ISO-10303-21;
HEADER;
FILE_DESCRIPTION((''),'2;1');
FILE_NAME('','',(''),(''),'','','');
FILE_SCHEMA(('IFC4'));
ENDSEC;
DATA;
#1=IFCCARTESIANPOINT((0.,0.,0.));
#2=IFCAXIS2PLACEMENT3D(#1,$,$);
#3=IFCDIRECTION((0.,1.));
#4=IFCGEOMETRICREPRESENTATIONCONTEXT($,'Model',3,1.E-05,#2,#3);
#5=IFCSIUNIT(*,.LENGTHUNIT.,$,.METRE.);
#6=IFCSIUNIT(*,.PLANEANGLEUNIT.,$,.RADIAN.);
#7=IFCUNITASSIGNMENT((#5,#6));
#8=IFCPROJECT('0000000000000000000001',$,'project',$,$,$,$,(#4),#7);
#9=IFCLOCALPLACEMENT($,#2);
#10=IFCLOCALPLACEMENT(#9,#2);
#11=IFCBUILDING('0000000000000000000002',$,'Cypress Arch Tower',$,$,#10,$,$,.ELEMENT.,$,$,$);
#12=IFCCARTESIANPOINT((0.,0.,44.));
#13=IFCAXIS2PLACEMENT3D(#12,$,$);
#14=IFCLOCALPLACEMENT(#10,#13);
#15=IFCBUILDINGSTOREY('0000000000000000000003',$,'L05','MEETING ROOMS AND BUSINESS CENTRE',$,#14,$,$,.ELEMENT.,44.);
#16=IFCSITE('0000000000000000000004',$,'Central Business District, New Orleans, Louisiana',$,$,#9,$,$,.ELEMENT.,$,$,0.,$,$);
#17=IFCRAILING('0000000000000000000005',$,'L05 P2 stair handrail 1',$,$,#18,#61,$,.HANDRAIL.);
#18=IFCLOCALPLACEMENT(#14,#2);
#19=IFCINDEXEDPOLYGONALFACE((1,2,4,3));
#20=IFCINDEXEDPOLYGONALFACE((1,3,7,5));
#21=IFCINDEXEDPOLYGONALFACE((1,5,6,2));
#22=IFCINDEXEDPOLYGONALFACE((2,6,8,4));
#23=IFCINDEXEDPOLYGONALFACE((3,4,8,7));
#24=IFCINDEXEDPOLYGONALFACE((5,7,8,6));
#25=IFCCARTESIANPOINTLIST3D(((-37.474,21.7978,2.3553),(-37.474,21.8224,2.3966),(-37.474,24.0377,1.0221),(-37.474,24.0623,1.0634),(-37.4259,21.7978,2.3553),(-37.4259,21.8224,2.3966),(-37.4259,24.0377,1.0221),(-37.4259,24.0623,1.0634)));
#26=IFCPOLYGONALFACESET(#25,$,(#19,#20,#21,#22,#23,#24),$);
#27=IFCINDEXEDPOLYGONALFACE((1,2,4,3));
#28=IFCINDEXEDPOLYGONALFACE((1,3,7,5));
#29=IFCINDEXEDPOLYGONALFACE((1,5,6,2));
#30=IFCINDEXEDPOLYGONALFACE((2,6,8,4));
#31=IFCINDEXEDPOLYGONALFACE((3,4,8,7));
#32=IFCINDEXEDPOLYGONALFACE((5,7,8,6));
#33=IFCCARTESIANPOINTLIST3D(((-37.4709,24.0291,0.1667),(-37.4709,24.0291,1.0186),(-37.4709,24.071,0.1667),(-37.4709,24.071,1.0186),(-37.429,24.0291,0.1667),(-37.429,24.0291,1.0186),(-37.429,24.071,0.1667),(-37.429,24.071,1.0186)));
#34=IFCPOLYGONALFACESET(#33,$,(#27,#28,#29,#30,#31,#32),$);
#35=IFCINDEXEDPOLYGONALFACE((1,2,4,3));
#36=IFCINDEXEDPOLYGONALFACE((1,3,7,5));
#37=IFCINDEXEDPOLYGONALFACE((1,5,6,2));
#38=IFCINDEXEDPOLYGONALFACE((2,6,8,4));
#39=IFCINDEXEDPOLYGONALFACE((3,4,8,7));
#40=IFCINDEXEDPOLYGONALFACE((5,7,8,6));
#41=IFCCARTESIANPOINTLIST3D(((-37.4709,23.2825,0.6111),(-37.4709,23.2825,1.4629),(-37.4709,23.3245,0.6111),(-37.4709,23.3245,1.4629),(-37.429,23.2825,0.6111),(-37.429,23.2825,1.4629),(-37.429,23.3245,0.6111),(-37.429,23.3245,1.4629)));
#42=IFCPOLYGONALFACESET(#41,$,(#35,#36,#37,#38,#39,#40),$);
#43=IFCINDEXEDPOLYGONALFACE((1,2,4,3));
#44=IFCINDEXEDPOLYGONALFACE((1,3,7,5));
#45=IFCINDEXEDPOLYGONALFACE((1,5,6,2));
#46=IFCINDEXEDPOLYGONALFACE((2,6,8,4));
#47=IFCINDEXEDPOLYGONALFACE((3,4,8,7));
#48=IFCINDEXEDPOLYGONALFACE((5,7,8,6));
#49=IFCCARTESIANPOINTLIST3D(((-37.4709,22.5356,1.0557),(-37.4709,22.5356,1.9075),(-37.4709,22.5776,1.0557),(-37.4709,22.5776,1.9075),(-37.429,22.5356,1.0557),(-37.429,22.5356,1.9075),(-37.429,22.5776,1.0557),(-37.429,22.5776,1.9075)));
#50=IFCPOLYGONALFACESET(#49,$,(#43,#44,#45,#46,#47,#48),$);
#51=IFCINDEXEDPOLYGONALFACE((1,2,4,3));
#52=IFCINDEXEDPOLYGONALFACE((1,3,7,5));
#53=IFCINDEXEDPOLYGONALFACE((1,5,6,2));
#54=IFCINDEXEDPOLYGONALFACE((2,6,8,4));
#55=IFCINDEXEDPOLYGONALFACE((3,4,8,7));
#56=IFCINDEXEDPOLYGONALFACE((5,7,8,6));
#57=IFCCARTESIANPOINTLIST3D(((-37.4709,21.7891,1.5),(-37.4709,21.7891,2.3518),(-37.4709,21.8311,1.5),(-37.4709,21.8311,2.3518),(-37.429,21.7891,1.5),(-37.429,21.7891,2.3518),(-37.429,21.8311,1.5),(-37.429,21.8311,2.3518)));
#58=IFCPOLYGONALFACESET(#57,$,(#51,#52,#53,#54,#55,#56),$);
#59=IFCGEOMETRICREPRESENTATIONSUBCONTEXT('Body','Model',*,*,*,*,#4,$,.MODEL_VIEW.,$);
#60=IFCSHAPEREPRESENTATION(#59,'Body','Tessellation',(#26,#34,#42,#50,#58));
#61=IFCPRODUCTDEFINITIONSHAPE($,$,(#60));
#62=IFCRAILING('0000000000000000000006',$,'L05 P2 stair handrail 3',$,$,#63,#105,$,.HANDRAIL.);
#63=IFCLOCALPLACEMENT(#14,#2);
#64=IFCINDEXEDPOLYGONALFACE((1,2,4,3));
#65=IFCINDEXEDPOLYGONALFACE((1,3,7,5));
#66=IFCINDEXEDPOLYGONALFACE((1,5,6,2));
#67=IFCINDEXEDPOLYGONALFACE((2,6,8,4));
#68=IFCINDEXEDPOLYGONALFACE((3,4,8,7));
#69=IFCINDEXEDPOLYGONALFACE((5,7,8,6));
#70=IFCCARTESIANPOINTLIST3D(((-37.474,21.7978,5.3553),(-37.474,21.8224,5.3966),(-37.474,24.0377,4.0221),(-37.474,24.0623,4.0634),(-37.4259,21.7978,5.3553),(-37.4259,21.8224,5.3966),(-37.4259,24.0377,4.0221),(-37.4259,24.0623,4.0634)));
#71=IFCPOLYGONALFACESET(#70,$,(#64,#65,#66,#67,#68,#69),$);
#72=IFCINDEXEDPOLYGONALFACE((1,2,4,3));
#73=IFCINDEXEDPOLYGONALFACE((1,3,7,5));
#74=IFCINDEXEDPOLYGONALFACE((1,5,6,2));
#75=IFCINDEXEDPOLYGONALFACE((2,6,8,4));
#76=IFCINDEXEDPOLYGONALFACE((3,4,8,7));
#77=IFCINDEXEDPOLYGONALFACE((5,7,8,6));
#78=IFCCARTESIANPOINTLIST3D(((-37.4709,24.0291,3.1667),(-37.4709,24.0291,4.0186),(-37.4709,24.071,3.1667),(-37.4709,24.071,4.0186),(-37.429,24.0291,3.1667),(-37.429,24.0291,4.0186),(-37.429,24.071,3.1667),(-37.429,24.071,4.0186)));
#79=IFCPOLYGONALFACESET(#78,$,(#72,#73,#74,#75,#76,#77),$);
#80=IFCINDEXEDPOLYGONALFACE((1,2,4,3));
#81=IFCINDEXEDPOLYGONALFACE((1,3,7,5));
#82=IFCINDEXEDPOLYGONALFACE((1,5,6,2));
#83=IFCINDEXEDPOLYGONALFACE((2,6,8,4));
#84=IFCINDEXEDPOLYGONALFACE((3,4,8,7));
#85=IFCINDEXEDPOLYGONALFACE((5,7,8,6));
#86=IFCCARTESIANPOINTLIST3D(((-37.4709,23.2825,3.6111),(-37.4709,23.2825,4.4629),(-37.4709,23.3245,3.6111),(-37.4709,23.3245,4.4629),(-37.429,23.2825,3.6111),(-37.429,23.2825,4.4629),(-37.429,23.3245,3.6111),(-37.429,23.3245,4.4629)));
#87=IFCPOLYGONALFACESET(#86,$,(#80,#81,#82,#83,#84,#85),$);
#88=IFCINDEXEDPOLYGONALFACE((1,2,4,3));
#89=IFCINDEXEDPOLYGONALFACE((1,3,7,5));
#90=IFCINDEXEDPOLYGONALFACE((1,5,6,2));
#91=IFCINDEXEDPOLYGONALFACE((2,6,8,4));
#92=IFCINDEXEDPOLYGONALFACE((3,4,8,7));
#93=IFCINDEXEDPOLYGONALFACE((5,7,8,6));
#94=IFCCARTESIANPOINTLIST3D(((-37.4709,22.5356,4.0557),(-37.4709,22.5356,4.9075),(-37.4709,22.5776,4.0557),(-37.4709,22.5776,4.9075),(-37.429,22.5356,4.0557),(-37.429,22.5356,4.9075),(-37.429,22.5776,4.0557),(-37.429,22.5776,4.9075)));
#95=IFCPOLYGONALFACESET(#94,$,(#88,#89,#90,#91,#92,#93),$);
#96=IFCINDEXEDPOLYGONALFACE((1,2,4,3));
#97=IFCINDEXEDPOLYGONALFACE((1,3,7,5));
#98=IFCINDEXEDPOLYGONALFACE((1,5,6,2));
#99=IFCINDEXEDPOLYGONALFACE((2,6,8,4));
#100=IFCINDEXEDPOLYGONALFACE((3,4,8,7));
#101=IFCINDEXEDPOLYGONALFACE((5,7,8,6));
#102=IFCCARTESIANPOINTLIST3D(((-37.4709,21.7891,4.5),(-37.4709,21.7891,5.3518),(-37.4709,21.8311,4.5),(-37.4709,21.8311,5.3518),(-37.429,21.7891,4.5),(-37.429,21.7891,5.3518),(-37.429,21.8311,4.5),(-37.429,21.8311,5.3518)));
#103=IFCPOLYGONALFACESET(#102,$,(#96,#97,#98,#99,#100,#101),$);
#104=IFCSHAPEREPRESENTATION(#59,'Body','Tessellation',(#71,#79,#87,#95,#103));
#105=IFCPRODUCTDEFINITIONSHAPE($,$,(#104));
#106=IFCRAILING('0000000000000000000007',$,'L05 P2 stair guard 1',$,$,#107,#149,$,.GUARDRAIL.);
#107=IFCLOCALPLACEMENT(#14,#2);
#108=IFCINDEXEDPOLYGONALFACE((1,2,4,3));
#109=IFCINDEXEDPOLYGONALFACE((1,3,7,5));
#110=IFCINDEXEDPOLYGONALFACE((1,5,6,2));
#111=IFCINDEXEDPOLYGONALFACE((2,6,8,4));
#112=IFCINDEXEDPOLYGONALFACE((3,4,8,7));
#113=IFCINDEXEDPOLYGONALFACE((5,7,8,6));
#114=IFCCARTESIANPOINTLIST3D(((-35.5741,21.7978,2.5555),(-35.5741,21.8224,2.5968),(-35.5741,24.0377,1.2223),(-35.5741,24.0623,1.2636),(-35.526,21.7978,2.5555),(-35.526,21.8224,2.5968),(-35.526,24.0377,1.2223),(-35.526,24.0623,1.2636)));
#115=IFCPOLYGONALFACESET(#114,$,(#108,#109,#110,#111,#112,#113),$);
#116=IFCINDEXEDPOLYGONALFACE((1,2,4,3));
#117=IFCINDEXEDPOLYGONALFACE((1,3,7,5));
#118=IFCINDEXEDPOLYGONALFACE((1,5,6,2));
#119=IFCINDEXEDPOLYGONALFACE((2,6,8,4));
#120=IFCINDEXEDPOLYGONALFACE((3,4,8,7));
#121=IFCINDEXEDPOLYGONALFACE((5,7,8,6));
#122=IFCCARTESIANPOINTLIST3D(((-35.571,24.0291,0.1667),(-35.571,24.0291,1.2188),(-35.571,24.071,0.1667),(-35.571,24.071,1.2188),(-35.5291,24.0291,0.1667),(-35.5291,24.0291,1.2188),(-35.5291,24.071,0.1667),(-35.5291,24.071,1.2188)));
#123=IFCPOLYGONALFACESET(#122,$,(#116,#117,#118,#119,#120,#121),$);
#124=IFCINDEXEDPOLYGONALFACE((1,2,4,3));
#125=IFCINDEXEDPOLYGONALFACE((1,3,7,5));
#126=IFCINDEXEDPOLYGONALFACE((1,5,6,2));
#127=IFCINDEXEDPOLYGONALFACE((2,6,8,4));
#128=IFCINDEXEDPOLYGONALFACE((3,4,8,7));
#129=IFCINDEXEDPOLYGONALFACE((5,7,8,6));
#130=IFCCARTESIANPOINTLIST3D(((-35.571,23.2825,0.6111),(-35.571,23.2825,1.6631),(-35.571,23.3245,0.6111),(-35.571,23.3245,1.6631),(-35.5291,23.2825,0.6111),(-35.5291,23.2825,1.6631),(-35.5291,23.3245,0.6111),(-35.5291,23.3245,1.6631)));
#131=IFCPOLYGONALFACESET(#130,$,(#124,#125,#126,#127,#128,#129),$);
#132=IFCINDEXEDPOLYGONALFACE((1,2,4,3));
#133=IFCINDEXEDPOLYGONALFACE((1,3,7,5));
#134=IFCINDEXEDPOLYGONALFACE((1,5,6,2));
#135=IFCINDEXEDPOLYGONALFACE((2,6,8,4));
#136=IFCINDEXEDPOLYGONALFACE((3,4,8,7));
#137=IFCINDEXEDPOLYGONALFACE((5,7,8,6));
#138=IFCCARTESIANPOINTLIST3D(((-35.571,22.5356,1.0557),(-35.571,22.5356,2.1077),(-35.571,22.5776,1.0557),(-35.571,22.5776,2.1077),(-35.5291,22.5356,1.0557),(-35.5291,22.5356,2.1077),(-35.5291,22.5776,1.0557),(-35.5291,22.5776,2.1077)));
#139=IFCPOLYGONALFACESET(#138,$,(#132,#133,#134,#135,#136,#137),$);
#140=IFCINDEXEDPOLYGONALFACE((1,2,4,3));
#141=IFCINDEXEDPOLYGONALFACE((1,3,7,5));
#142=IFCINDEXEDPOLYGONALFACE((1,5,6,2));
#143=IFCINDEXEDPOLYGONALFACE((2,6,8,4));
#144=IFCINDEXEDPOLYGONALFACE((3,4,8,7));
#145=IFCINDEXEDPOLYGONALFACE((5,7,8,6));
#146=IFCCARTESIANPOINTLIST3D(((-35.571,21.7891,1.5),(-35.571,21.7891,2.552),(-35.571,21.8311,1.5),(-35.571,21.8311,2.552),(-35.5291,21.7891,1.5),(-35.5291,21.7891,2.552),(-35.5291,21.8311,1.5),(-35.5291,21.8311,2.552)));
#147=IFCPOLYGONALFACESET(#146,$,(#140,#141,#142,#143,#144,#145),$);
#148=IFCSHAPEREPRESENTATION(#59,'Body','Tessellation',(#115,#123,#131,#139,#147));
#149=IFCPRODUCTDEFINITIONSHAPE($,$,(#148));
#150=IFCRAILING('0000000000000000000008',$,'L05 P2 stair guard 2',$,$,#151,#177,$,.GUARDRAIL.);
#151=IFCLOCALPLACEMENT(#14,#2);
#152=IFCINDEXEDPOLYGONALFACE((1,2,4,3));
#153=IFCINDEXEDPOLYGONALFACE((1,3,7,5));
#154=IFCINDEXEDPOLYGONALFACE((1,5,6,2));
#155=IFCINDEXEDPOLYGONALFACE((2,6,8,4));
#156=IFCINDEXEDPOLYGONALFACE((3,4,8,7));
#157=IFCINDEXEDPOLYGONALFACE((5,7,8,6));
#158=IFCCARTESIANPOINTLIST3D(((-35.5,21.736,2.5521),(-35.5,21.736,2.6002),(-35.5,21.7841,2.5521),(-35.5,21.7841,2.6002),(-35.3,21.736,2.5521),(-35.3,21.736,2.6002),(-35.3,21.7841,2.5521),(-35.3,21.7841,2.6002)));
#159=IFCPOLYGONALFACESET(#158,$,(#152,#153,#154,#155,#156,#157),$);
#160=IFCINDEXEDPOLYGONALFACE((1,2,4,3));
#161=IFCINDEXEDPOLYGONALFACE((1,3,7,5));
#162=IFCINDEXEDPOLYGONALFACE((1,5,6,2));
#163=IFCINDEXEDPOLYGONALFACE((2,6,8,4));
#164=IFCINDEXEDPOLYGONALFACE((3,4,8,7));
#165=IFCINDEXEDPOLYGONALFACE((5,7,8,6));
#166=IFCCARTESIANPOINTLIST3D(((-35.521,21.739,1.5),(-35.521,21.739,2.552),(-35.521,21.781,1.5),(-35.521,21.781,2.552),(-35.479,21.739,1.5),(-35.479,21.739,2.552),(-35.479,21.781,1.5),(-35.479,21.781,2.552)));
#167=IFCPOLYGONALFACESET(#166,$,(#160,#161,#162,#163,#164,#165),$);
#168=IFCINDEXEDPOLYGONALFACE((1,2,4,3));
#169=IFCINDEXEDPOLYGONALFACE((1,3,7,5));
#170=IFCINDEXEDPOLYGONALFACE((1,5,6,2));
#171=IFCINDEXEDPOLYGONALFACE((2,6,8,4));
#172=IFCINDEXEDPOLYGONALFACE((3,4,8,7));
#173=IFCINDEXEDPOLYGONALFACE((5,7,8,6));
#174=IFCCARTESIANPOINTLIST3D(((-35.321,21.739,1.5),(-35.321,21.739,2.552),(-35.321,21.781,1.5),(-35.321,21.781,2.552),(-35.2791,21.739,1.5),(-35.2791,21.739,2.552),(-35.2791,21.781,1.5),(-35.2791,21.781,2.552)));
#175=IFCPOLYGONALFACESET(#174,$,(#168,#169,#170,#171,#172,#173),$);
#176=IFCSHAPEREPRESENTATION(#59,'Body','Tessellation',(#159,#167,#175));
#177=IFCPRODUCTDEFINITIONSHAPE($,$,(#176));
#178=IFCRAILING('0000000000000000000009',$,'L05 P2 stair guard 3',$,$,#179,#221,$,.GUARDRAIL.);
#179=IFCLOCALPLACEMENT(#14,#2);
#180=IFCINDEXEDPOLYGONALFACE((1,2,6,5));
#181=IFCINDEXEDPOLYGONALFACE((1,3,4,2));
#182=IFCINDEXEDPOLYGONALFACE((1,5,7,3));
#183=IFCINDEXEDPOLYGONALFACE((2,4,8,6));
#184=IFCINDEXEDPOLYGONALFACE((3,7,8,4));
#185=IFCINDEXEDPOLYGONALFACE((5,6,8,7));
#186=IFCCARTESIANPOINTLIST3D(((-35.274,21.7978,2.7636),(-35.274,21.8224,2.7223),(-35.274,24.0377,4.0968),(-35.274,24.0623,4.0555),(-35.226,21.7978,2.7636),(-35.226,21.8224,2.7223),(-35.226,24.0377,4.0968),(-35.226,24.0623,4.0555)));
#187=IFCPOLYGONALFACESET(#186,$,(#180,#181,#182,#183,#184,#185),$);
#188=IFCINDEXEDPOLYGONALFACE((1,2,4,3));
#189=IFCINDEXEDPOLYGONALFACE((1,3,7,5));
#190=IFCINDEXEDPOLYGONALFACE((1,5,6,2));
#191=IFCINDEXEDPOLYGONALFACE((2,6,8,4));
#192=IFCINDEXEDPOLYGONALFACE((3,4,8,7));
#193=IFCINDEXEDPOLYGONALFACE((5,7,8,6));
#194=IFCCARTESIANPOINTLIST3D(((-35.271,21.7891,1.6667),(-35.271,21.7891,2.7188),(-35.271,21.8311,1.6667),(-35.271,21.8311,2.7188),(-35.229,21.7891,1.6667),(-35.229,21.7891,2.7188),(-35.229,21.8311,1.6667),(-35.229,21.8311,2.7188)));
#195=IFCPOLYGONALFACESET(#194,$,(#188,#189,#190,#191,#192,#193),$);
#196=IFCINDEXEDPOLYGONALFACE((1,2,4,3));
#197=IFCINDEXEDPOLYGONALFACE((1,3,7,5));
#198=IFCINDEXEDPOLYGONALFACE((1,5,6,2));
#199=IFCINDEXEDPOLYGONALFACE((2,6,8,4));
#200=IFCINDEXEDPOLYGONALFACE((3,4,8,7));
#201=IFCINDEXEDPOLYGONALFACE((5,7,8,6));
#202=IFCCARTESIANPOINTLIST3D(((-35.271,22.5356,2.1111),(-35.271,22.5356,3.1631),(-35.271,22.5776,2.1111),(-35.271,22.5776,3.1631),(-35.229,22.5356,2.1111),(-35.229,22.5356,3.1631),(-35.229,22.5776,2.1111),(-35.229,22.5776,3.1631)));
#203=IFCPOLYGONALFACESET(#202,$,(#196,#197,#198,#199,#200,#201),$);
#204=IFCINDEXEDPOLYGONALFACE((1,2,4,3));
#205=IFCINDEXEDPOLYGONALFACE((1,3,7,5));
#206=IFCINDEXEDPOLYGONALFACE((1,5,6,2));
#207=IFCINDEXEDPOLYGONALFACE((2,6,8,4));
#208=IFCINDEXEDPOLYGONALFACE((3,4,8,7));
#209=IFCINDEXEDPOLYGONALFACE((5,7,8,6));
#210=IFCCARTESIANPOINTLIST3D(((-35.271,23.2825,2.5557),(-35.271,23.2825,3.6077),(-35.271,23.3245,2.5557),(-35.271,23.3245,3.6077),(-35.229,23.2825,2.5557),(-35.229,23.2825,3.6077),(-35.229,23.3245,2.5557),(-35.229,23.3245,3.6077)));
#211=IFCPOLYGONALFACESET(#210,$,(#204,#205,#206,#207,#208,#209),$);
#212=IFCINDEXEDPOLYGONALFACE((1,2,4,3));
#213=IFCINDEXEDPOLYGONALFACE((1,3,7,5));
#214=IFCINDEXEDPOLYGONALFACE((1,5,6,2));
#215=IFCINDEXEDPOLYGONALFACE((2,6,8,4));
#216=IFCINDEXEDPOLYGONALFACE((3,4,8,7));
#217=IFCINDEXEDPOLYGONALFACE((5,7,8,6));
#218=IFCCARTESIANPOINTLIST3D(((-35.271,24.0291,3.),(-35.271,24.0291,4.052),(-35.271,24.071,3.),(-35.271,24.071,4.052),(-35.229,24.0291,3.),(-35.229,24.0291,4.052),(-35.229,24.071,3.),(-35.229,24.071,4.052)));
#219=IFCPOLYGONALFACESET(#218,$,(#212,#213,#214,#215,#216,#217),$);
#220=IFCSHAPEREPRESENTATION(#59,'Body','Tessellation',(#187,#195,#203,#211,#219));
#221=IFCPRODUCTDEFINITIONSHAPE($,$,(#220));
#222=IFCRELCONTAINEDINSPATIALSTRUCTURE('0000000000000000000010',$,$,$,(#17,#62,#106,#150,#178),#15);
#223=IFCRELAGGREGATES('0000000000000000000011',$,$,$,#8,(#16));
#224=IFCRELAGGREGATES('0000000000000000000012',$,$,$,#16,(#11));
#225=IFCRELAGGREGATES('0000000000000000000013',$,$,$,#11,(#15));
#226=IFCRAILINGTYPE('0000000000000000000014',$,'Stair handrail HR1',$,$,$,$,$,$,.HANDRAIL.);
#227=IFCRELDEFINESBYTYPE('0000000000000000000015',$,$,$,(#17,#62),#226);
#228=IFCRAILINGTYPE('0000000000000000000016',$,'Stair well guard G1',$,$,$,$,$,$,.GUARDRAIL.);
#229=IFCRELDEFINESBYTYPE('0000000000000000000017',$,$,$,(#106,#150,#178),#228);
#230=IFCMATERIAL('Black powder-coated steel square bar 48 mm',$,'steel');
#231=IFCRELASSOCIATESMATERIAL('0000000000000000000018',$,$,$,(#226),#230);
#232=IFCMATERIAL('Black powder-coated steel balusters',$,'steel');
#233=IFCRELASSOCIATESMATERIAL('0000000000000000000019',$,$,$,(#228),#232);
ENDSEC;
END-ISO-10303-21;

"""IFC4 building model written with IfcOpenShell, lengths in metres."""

from ifc_helpers import new_model, si_unit, direction, frame, origin, origin_2d, place, context, subcontext, project, spatial, rectangle, extrude, material, type_object, element, save


model = new_model("IFC4")

# Units and contexts
model_context = context("Model", 3, precision=1e-05, world=origin(), true_north=direction((0.0, 1.0)))
body_context = subcontext(model_context, "Body", "Model", "MODEL_VIEW")
ifc_project = project(units=[si_unit("LENGTHUNIT", "METRE"), si_unit("PLANEANGLEUNIT", "RADIAN")], contexts=[model_context])

# Site, building, storey
site_placement = place(None, origin())
site = spatial("IfcSite", under=ifc_project, at=site_placement, Name="Central Business District, New Orleans, Louisiana", CompositionType="ELEMENT", RefElevation=0.0)
building_placement = place(site_placement, origin())
building = spatial("IfcBuilding", under=site, at=building_placement, Name="Cypress Arch Tower", CompositionType="ELEMENT")
storey_placement = place(building_placement, frame((0.0, 0.0, 44.0)))
storey = spatial("IfcBuildingStorey", under=building, at=storey_placement, Name="L05", Description="MEETING ROOMS AND BUSINESS CENTRE", CompositionType="ELEMENT", Elevation=44.0)

# Railings
ifc_material_1 = material(Name="Black powder-coated steel square bar 48 mm", Category="steel")
railing_type_1 = type_object("IfcRailingType", Name="Stair handrail HR1", PredefinedType="HANDRAIL", material=ifc_material_1)
for number, where, name in (
    (1, (-37.45, 24.05, 0.1667), "L05 P2 stair handrail 1"),
    (2, (-37.45, 24.05, 3.1667), "L05 P2 stair handrail 3"),
):
    element("IfcRailing", number, at=place(storey_placement, frame(where)), inside=storey, type_object=railing_type_1, Name=name, PredefinedType="HANDRAIL", context=body_context, shape_type="SweptSolid", body=[
        extrude(rectangle(XDim=0.0481, YDim=0.0481, at=origin_2d()), frame((0.0, 0.0, 0.876), z_axis=(0.0, -0.859306, 0.511462), x_axis=(1.0, 0.0, 0.0)), (0.0, 0.0, 1.0), 2.6067),
        extrude(rectangle(XDim=0.042, YDim=0.042, at=origin_2d()), origin(), (0.0, 0.0, 1.0), 0.8518),
        extrude(rectangle(XDim=0.042, YDim=0.042, at=origin_2d()), frame((0.0, -0.7466, 0.4443)), (0.0, 0.0, 1.0), 0.8518),
        extrude(rectangle(XDim=0.042, YDim=0.042, at=origin_2d()), frame((0.0, -1.4934, 0.8889)), (0.0, 0.0, 1.0), 0.8518),
        extrude(rectangle(XDim=0.042, YDim=0.042, at=origin_2d()), frame((0.0, -2.24, 1.3333)), (0.0, 0.0, 1.0), 0.8518),
    ])
ifc_material_2 = material(Name="Black powder-coated steel balusters", Category="steel")
railing_type_2 = type_object("IfcRailingType", Name="Stair well guard G1", PredefinedType="GUARDRAIL", material=ifc_material_2)
railing_1_placement = place(storey_placement, frame((-35.55, 24.05, 0.1667)))
element("IfcRailing", 3, at=railing_1_placement, inside=storey, type_object=railing_type_2, Name="L05 P2 stair guard 1", PredefinedType="GUARDRAIL", context=body_context, shape_type="SweptSolid", body=[
    extrude(rectangle(XDim=0.0481, YDim=0.0481, at=origin_2d()), frame((0.0, 0.0, 1.0762), z_axis=(0.0, -0.859306, 0.511462), x_axis=(1.0, 0.0, 0.0)), (0.0, 0.0, 1.0), 2.6067),
    extrude(rectangle(XDim=0.042, YDim=0.042, at=origin_2d()), origin(), (0.0, 0.0, 1.0), 1.052),
    extrude(rectangle(XDim=0.042, YDim=0.042, at=origin_2d()), frame((0.0, -0.7466, 0.4443)), (0.0, 0.0, 1.0), 1.052),
    extrude(rectangle(XDim=0.042, YDim=0.042, at=origin_2d()), frame((0.0, -1.4934, 0.8889)), (0.0, 0.0, 1.0), 1.052),
    extrude(rectangle(XDim=0.042, YDim=0.042, at=origin_2d()), frame((0.0, -2.24, 1.3333)), (0.0, 0.0, 1.0), 1.052),
])
railing_2_placement = place(storey_placement, frame((-35.5, 21.76, 1.5)))
element("IfcRailing", 4, at=railing_2_placement, inside=storey, type_object=railing_type_2, Name="L05 P2 stair guard 2", PredefinedType="GUARDRAIL", context=body_context, shape_type="SweptSolid", body=[
    extrude(rectangle(XDim=0.0481, YDim=0.0481, at=origin_2d()), frame((0.0, 0.0, 1.0762), z_axis=(1.0, 0.0, 0.0), x_axis=(0.0, 1.0, 0.0)), (0.0, 0.0, 1.0), 0.2),
    extrude(rectangle(XDim=0.042, YDim=0.042, at=origin_2d()), origin(), (0.0, 0.0, 1.0), 1.052),
    extrude(rectangle(XDim=0.042, YDim=0.042, at=origin_2d()), frame((0.2, 0.0, 0.0)), (0.0, 0.0, 1.0), 1.052),
])
railing_3_placement = place(storey_placement, frame((-35.25, 21.8101, 1.6667)))
element("IfcRailing", 5, at=railing_3_placement, inside=storey, type_object=railing_type_2, Name="L05 P2 stair guard 3", PredefinedType="GUARDRAIL", context=body_context, shape_type="SweptSolid", body=[
    extrude(rectangle(XDim=0.0481, YDim=0.0481, at=origin_2d()), frame((0.0, 0.0, 1.0762), z_axis=(0.0, 0.859306, 0.511462), x_axis=(-1.0, 0.0, 0.0)), (0.0, 0.0, 1.0), 2.6067),
    extrude(rectangle(XDim=0.042, YDim=0.042, at=origin_2d()), origin(), (0.0, 0.0, 1.0), 1.052),
    extrude(rectangle(XDim=0.042, YDim=0.042, at=origin_2d()), frame((0.0, 0.7466, 0.4443)), (0.0, 0.0, 1.0), 1.052),
    extrude(rectangle(XDim=0.042, YDim=0.042, at=origin_2d()), frame((0.0, 1.4934, 0.8889)), (0.0, 0.0, 1.0), 1.052),
    extrude(rectangle(XDim=0.042, YDim=0.042, at=origin_2d()), frame((0.0, 2.24, 1.3333)), (0.0, 0.0, 1.0), 1.052),
])

save(model, "model.ifc")
